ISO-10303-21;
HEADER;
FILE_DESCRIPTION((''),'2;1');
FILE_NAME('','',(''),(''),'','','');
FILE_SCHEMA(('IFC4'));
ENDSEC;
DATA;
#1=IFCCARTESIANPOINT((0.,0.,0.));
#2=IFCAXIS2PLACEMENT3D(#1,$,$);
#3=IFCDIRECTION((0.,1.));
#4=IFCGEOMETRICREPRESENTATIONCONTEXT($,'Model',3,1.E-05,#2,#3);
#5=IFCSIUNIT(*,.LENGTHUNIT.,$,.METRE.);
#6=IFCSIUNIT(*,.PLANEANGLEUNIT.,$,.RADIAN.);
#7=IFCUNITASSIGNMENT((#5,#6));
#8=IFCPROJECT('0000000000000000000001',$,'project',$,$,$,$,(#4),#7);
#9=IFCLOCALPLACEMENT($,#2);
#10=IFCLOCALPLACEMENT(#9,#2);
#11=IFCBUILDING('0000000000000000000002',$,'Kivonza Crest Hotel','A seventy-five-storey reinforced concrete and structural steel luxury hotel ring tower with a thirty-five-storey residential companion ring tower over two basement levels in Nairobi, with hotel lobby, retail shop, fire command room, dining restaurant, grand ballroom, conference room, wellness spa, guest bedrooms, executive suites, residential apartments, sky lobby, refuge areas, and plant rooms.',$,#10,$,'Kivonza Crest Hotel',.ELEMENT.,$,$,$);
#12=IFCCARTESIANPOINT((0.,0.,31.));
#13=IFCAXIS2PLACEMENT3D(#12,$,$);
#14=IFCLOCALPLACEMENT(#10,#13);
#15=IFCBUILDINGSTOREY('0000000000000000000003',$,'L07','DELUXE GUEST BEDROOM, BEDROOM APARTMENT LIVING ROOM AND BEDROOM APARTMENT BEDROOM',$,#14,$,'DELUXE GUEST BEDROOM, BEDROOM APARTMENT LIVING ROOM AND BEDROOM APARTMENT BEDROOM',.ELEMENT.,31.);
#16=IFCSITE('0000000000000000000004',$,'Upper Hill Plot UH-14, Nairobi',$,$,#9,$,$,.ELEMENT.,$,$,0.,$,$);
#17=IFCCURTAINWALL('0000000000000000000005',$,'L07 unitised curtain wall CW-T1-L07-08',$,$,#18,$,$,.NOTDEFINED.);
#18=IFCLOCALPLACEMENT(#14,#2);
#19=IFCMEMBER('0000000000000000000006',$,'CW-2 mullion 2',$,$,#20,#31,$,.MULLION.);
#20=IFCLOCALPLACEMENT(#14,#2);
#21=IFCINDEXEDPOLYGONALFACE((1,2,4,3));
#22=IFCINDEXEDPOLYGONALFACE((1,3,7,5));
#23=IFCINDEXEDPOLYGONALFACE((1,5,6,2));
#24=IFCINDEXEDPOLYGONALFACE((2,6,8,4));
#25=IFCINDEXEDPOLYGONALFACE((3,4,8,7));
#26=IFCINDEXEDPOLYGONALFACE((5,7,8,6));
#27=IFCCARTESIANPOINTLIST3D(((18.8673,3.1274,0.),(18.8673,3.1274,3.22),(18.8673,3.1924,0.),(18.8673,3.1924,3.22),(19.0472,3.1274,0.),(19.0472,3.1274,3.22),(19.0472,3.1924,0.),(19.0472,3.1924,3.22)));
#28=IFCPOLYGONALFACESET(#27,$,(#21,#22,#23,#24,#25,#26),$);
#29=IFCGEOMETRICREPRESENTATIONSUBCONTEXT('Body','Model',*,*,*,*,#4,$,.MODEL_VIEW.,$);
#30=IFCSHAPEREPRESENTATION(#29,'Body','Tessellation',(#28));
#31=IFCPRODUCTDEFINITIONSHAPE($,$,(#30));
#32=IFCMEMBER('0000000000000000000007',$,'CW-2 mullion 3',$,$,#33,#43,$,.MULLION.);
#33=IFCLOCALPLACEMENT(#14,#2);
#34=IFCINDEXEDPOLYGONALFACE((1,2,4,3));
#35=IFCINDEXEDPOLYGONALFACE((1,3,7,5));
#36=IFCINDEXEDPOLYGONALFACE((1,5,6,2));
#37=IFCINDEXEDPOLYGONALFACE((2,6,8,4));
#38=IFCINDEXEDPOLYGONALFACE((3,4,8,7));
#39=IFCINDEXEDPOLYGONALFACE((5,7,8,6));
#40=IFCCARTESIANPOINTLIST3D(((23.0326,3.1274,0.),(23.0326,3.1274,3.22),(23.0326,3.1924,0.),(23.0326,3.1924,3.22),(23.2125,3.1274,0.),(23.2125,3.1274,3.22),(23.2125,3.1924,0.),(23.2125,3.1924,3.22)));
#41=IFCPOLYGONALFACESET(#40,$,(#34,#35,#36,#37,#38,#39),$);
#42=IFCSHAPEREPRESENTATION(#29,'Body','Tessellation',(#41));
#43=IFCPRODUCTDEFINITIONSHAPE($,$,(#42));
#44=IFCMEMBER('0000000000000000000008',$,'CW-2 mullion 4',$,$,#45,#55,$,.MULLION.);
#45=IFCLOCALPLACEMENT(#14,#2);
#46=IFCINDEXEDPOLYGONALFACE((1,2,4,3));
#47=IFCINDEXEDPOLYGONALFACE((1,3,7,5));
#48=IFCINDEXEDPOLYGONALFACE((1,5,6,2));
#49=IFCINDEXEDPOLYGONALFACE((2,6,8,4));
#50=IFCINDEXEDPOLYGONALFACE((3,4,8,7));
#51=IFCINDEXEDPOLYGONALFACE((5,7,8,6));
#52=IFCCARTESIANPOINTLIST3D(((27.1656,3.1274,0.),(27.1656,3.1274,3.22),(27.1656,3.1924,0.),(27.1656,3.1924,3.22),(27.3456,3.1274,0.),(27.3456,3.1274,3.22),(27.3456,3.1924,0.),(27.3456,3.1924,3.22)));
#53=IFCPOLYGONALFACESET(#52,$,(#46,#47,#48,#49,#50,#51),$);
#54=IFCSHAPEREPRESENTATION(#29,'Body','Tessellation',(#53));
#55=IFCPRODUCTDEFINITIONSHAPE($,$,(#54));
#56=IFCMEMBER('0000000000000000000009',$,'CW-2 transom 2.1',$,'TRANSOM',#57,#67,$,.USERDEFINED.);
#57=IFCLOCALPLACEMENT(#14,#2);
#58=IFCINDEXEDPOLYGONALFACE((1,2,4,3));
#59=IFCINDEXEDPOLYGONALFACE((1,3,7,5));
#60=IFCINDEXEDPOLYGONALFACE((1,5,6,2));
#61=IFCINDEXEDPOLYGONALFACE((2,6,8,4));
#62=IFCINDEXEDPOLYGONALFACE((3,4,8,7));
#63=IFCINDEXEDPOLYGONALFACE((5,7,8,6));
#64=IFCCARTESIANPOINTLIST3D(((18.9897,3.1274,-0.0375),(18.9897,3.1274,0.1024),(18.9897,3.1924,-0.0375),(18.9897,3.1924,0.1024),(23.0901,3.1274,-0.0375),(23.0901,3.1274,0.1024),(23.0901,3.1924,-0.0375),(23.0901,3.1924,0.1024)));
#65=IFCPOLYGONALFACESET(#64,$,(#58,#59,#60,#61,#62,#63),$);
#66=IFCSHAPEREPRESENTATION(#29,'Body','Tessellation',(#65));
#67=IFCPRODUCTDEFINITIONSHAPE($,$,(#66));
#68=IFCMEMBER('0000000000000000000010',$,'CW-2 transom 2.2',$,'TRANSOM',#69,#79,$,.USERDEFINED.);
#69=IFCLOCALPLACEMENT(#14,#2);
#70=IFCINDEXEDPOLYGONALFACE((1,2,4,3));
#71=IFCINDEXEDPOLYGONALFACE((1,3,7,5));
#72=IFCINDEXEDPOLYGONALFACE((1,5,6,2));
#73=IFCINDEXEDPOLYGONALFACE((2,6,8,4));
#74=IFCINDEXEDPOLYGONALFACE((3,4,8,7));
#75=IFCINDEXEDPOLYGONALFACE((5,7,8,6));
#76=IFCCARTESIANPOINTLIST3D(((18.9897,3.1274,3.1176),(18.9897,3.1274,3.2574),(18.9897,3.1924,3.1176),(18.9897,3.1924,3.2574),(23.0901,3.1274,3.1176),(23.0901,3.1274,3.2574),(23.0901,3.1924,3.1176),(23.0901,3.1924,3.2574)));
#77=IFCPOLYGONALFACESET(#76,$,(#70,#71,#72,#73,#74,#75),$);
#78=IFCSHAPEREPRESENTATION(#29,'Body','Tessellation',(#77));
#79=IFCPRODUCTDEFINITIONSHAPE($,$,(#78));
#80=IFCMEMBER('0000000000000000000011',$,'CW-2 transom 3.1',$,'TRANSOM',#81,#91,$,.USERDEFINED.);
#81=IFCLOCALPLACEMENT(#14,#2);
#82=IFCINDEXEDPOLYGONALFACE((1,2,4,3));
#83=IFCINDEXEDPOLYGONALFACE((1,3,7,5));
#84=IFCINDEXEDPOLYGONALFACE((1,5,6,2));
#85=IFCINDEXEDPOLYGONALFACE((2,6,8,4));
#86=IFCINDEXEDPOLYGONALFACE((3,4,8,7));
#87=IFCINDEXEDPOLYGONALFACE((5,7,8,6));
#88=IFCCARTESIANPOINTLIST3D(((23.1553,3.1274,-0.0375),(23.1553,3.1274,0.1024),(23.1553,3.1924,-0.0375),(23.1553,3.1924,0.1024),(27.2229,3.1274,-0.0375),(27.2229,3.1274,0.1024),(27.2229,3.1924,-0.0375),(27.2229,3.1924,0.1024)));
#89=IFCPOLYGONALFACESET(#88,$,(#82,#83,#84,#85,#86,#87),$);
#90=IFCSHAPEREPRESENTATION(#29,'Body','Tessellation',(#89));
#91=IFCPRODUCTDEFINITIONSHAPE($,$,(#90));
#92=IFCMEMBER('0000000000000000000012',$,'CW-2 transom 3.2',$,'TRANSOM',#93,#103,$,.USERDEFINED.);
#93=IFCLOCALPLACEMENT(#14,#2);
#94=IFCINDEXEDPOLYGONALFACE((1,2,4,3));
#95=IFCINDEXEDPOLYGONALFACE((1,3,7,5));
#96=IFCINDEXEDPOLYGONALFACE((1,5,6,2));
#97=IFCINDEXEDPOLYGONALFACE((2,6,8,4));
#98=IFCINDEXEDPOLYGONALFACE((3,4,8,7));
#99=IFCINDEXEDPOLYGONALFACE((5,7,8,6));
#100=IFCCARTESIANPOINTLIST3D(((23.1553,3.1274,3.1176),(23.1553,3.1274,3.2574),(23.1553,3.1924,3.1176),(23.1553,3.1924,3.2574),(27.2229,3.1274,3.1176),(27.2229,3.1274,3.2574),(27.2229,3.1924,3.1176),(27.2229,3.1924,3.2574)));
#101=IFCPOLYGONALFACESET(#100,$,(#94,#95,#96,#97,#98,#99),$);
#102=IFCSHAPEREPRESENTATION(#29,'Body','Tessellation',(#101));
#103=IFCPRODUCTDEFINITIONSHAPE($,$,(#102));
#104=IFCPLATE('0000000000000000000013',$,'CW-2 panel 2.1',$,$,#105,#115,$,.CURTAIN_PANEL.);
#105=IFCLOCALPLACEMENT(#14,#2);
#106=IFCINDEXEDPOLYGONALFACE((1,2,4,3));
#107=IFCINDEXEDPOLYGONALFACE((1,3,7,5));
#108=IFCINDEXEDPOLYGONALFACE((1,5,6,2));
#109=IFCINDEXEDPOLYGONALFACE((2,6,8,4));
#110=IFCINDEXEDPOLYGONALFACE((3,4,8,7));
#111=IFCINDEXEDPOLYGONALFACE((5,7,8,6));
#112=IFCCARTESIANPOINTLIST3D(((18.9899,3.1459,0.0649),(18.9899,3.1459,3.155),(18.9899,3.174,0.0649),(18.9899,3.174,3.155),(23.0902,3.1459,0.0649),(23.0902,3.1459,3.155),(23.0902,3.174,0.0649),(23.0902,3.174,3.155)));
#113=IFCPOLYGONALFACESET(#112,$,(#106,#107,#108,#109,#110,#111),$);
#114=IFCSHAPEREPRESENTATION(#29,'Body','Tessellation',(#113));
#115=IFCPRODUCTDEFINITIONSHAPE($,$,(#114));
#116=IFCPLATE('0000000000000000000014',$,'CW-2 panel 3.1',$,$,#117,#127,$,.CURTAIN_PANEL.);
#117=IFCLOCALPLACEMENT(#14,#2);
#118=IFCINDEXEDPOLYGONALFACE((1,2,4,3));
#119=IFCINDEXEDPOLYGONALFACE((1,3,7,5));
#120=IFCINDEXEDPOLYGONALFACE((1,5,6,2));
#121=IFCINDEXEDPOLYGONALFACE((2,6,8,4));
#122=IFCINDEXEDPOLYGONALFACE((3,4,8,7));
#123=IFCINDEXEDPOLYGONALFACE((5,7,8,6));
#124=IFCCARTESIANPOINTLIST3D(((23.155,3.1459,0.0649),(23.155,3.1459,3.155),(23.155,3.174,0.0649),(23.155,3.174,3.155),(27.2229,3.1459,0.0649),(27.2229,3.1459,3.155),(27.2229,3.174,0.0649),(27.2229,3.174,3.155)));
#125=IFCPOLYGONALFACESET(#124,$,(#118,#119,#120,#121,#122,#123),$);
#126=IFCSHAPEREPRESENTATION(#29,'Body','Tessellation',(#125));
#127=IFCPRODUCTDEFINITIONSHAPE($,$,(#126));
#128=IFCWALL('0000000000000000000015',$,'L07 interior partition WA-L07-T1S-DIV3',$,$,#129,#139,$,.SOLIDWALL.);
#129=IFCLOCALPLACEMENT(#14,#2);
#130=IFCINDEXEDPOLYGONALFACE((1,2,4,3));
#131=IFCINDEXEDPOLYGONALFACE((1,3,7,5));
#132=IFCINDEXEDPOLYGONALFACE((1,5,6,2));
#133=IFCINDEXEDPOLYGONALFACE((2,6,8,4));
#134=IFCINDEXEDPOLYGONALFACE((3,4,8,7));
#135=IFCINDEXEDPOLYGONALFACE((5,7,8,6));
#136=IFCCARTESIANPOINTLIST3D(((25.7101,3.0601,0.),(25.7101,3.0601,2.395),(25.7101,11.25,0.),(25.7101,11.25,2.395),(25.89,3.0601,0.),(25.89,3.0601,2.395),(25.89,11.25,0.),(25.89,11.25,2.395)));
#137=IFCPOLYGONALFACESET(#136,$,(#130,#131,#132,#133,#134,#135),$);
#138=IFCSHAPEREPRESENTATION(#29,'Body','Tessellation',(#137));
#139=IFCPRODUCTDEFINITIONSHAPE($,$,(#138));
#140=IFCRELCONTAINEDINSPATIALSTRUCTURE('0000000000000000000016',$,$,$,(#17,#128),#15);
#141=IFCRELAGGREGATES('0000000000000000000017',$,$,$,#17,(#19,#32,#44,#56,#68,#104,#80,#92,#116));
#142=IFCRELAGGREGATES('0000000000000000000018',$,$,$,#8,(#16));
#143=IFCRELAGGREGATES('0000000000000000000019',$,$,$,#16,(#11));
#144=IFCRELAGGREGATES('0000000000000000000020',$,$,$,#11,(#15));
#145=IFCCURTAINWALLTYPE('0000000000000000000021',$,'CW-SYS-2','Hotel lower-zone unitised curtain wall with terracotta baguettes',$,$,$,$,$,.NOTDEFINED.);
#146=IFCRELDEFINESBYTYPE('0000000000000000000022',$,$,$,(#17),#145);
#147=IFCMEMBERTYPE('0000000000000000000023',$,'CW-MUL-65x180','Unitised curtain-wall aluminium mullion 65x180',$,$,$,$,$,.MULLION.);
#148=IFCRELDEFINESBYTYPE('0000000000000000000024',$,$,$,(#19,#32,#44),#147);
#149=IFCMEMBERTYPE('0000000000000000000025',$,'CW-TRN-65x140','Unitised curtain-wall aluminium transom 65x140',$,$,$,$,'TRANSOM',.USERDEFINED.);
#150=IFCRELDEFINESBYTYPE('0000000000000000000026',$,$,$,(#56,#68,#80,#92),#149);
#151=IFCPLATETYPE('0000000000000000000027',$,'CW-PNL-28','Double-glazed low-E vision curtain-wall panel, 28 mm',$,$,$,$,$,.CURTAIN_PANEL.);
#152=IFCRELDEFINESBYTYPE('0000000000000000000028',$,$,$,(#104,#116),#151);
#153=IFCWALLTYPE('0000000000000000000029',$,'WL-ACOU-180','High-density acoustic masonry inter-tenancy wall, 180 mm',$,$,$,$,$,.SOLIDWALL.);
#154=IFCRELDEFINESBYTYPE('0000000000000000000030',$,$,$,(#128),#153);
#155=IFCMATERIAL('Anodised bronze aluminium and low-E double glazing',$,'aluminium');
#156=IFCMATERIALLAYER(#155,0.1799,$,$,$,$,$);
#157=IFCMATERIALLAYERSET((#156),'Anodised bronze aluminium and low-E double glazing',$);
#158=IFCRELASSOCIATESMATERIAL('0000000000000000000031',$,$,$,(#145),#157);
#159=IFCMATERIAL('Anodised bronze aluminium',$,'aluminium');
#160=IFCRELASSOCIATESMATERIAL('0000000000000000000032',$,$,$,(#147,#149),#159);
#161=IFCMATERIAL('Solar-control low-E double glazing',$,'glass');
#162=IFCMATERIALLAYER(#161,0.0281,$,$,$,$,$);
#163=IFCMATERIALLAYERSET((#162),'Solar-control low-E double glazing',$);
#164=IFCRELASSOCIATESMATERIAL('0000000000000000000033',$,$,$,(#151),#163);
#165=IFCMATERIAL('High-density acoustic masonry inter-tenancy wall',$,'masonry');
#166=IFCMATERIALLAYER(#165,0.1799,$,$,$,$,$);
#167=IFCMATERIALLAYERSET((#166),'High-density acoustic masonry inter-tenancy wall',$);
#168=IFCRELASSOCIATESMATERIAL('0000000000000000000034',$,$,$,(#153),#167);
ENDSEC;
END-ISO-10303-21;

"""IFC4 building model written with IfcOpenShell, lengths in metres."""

from ifc_helpers import new_model, si_unit, direction, frame, frame_2d, origin, origin_2d, place, context, subcontext, project, spatial, rectangle, extrude, material, layer, layer_set, material_profile, profile_set, type_object, element, aggregate, save


model = new_model("IFC4")

# Units and contexts
model_context = context("Model", 3, precision=1e-05, world=origin(), true_north=direction((0.0, 1.0)))
body_context = subcontext(model_context, "Body", "Model", "MODEL_VIEW")
ifc_project = project(units=[si_unit("LENGTHUNIT", "METRE"), si_unit("PLANEANGLEUNIT", "RADIAN")], contexts=[model_context])

# Site, building, storey
site_placement = place(None, origin())
site = spatial("IfcSite", under=ifc_project, at=site_placement, Name="Upper Hill Plot UH-14, Nairobi", CompositionType="ELEMENT", RefElevation=0.0)
building_placement = place(site_placement, origin())
building = spatial("IfcBuilding", under=site, at=building_placement, Name="Kivonza Crest Hotel", Description="A seventy-five-storey reinforced concrete and structural steel luxury hotel ring tower with a thirty-five-storey residential companion ring tower over two basement levels in Nairobi, with hotel lobby, retail shop, fire command room, dining restaurant, grand ballroom, conference room, wellness spa, guest bedrooms, executive suites, residential apartments, sky lobby, refuge areas, and plant rooms.", LongName="Kivonza Crest Hotel", CompositionType="ELEMENT")
storey_placement = place(building_placement, frame((0.0, 0.0, 31.0)))
storey = spatial("IfcBuildingStorey", under=building, at=storey_placement, Name="L07", Description="DELUXE GUEST BEDROOM, BEDROOM APARTMENT LIVING ROOM AND BEDROOM APARTMENT BEDROOM", LongName="DELUXE GUEST BEDROOM, BEDROOM APARTMENT LIVING ROOM AND BEDROOM APARTMENT BEDROOM", CompositionType="ELEMENT", Elevation=31.0)

# Curtain wall, members, plates
ifc_material_1 = material(Name="Anodised bronze aluminium and low-E double glazing", Category="aluminium")
ifc_layer_1 = layer(ifc_material_1, 0.1799)
ifc_layer_set_1 = layer_set([ifc_layer_1], Name="Anodised bronze aluminium and low-E double glazing")
curtain_wall_type = type_object("IfcCurtainWallType", Name="CW-SYS-2", Description="Hotel lower-zone unitised curtain wall with terracotta baguettes", PredefinedType="NOTDEFINED", material=ifc_layer_set_1)
curtain_wall_placement = place(storey_placement, origin())
curtain_wall = element("IfcCurtainWall", 1, at=curtain_wall_placement, inside=storey, type_object=curtain_wall_type, Name="L07 unitised curtain wall CW-T1-L07-08", PredefinedType="NOTDEFINED")
ifc_material_2 = material(Name="Anodised bronze aluminium", Category="aluminium")
ifc_material_profile_1 = material_profile(ifc_material_2, rectangle(XDim=0.0649, YDim=0.1799, at=origin_2d()), Name="CW-M 65x180")
ifc_profile_set_1 = profile_set([ifc_material_profile_1], Name="Anodised bronze aluminium")
member_type_1 = type_object("IfcMemberType", Name="CW-MUL-65x180", Description="Unitised curtain-wall aluminium mullion 65x180", PredefinedType="MULLION", material=ifc_profile_set_1)
member_1_placement = place(storey_placement, frame((18.9573, 3.1599, 0.0), z_axis=(0.0, 0.0, 1.0), x_axis=(0.0, 1.0, 0.0)))
member_1 = element("IfcMember", 2, at=member_1_placement, type_object=member_type_1, Name="CW-2 mullion 2", PredefinedType="MULLION", context=body_context, shape_type="SweptSolid", body=[
    extrude(rectangle(XDim=0.0649, YDim=0.1799, at=origin_2d()), origin(), (0.0, 0.0, 1.0), 3.22),
])
member_2_placement = place(storey_placement, frame((23.1226, 3.1599, 0.0), z_axis=(0.0, 0.0, 1.0), x_axis=(0.0, 1.0, 0.0)))
member_2 = element("IfcMember", 3, at=member_2_placement, type_object=member_type_1, Name="CW-2 mullion 3", PredefinedType="MULLION", context=body_context, shape_type="SweptSolid", body=[
    extrude(rectangle(XDim=0.0649, YDim=0.1799, at=origin_2d()), origin(), (0.0, 0.0, 1.0), 3.22),
])
member_3_placement = place(storey_placement, frame((27.2556, 3.1599, 0.0), z_axis=(0.0, 0.0, 1.0), x_axis=(0.0, 1.0, 0.0)))
member_3 = element("IfcMember", 4, at=member_3_placement, type_object=member_type_1, Name="CW-2 mullion 4", PredefinedType="MULLION", context=body_context, shape_type="SweptSolid", body=[
    extrude(rectangle(XDim=0.0649, YDim=0.1799, at=origin_2d()), origin(), (0.0, 0.0, 1.0), 3.22),
])
ifc_material_profile_2 = material_profile(ifc_material_2, rectangle(XDim=0.0649, YDim=0.1399, at=origin_2d()), Name="CW-T 65x140")
ifc_profile_set_2 = profile_set([ifc_material_profile_2], Name="Anodised bronze aluminium")
member_type_2 = type_object("IfcMemberType", Name="CW-TRN-65x140", Description="Unitised curtain-wall aluminium transom 65x140", ElementType="TRANSOM", PredefinedType="USERDEFINED", material=ifc_profile_set_2)
member_4_placement = place(storey_placement, frame((18.9897, 3.1599, 0.0325), z_axis=(1.0, 0.0, 0.0), x_axis=(0.0, 1.0, 0.0)))
member_4 = element("IfcMember", 5, at=member_4_placement, type_object=member_type_2, Name="CW-2 transom 2.1", ObjectType="TRANSOM", PredefinedType="USERDEFINED", context=body_context, shape_type="SweptSolid", body=[
    extrude(rectangle(XDim=0.0649, YDim=0.1399, at=origin_2d()), origin(), (0.0, 0.0, 1.0), 4.1003),
])
member_5_placement = place(storey_placement, frame((18.9897, 3.1599, 3.1875), z_axis=(1.0, 0.0, 0.0), x_axis=(0.0, 1.0, 0.0)))
member_5 = element("IfcMember", 6, at=member_5_placement, type_object=member_type_2, Name="CW-2 transom 2.2", ObjectType="TRANSOM", PredefinedType="USERDEFINED", context=body_context, shape_type="SweptSolid", body=[
    extrude(rectangle(XDim=0.0649, YDim=0.1399, at=origin_2d()), origin(), (0.0, 0.0, 1.0), 4.1003),
])
member_6_placement = place(storey_placement, frame((23.1553, 3.1599, 0.0325), z_axis=(1.0, 0.0, 0.0), x_axis=(0.0, 1.0, 0.0)))
member_6 = element("IfcMember", 7, at=member_6_placement, type_object=member_type_2, Name="CW-2 transom 3.1", ObjectType="TRANSOM", PredefinedType="USERDEFINED", context=body_context, shape_type="SweptSolid", body=[
    extrude(rectangle(XDim=0.0649, YDim=0.1399, at=origin_2d()), origin(), (0.0, 0.0, 1.0), 4.0676),
])
member_7_placement = place(storey_placement, frame((23.1553, 3.1599, 3.1875), z_axis=(1.0, 0.0, 0.0), x_axis=(0.0, 1.0, 0.0)))
member_7 = element("IfcMember", 8, at=member_7_placement, type_object=member_type_2, Name="CW-2 transom 3.2", ObjectType="TRANSOM", PredefinedType="USERDEFINED", context=body_context, shape_type="SweptSolid", body=[
    extrude(rectangle(XDim=0.0649, YDim=0.1399, at=origin_2d()), origin(), (0.0, 0.0, 1.0), 4.0676),
])
ifc_material_3 = material(Name="Solar-control low-E double glazing", Category="glass")
ifc_layer_2 = layer(ifc_material_3, 0.0281)
ifc_layer_set_2 = layer_set([ifc_layer_2], Name="Solar-control low-E double glazing")
plate_type = type_object("IfcPlateType", Name="CW-PNL-28", Description="Double-glazed low-E vision curtain-wall panel, 28 mm", PredefinedType="CURTAIN_PANEL", material=ifc_layer_set_2)
plate_1_placement = place(storey_placement, frame((21.04, 3.1599, 0.0649), z_axis=(0.0, 0.0, 1.0), x_axis=(1.0, 0.0, 0.0)))
plate_1 = element("IfcPlate", 9, at=plate_1_placement, type_object=plate_type, Name="CW-2 panel 2.1", PredefinedType="CURTAIN_PANEL", context=body_context, shape_type="SweptSolid", body=[
    extrude(rectangle(XDim=4.1003, YDim=0.0281, at=origin_2d()), origin(), (0.0, 0.0, 1.0), 3.0901),
])
plate_2_placement = place(storey_placement, frame((25.189, 3.1599, 0.0649), z_axis=(0.0, 0.0, 1.0), x_axis=(1.0, 0.0, 0.0)))
plate_2 = element("IfcPlate", 10, at=plate_2_placement, type_object=plate_type, Name="CW-2 panel 3.1", PredefinedType="CURTAIN_PANEL", context=body_context, shape_type="SweptSolid", body=[
    extrude(rectangle(XDim=4.0679, YDim=0.0281, at=origin_2d()), origin(), (0.0, 0.0, 1.0), 3.0901),
])
aggregate(curtain_wall, [member_1, member_2, member_3, member_4, member_5, plate_1, member_6, member_7, plate_2])

# Wall
ifc_material_4 = material(Name="High-density acoustic masonry inter-tenancy wall", Category="masonry")
ifc_layer_3 = layer(ifc_material_4, 0.1799)
ifc_layer_set_3 = layer_set([ifc_layer_3], Name="High-density acoustic masonry inter-tenancy wall")
wall_type_1 = type_object("IfcWallType", Name="WL-ACOU-180", Description="High-density acoustic masonry inter-tenancy wall, 180 mm", PredefinedType="SOLIDWALL", material=ifc_layer_set_3)
wall_1_placement = place(storey_placement, frame((25.8, 3.0601, 0.0), z_axis=(0.0, 0.0, 1.0), x_axis=(0.0, 1.0, 0.0)))
element("IfcWall", 11, at=wall_1_placement, inside=storey, type_object=wall_type_1, Name="L07 interior partition WA-L07-T1S-DIV3", PredefinedType="SOLIDWALL", context=body_context, shape_type="SweptSolid", body=[
    extrude(rectangle(XDim=8.1899, YDim=0.1799, at=frame_2d((4.095, 0.0))), origin(), (0.0, 0.0, 1.0), 2.395),
])

save(model, "model.ifc")
